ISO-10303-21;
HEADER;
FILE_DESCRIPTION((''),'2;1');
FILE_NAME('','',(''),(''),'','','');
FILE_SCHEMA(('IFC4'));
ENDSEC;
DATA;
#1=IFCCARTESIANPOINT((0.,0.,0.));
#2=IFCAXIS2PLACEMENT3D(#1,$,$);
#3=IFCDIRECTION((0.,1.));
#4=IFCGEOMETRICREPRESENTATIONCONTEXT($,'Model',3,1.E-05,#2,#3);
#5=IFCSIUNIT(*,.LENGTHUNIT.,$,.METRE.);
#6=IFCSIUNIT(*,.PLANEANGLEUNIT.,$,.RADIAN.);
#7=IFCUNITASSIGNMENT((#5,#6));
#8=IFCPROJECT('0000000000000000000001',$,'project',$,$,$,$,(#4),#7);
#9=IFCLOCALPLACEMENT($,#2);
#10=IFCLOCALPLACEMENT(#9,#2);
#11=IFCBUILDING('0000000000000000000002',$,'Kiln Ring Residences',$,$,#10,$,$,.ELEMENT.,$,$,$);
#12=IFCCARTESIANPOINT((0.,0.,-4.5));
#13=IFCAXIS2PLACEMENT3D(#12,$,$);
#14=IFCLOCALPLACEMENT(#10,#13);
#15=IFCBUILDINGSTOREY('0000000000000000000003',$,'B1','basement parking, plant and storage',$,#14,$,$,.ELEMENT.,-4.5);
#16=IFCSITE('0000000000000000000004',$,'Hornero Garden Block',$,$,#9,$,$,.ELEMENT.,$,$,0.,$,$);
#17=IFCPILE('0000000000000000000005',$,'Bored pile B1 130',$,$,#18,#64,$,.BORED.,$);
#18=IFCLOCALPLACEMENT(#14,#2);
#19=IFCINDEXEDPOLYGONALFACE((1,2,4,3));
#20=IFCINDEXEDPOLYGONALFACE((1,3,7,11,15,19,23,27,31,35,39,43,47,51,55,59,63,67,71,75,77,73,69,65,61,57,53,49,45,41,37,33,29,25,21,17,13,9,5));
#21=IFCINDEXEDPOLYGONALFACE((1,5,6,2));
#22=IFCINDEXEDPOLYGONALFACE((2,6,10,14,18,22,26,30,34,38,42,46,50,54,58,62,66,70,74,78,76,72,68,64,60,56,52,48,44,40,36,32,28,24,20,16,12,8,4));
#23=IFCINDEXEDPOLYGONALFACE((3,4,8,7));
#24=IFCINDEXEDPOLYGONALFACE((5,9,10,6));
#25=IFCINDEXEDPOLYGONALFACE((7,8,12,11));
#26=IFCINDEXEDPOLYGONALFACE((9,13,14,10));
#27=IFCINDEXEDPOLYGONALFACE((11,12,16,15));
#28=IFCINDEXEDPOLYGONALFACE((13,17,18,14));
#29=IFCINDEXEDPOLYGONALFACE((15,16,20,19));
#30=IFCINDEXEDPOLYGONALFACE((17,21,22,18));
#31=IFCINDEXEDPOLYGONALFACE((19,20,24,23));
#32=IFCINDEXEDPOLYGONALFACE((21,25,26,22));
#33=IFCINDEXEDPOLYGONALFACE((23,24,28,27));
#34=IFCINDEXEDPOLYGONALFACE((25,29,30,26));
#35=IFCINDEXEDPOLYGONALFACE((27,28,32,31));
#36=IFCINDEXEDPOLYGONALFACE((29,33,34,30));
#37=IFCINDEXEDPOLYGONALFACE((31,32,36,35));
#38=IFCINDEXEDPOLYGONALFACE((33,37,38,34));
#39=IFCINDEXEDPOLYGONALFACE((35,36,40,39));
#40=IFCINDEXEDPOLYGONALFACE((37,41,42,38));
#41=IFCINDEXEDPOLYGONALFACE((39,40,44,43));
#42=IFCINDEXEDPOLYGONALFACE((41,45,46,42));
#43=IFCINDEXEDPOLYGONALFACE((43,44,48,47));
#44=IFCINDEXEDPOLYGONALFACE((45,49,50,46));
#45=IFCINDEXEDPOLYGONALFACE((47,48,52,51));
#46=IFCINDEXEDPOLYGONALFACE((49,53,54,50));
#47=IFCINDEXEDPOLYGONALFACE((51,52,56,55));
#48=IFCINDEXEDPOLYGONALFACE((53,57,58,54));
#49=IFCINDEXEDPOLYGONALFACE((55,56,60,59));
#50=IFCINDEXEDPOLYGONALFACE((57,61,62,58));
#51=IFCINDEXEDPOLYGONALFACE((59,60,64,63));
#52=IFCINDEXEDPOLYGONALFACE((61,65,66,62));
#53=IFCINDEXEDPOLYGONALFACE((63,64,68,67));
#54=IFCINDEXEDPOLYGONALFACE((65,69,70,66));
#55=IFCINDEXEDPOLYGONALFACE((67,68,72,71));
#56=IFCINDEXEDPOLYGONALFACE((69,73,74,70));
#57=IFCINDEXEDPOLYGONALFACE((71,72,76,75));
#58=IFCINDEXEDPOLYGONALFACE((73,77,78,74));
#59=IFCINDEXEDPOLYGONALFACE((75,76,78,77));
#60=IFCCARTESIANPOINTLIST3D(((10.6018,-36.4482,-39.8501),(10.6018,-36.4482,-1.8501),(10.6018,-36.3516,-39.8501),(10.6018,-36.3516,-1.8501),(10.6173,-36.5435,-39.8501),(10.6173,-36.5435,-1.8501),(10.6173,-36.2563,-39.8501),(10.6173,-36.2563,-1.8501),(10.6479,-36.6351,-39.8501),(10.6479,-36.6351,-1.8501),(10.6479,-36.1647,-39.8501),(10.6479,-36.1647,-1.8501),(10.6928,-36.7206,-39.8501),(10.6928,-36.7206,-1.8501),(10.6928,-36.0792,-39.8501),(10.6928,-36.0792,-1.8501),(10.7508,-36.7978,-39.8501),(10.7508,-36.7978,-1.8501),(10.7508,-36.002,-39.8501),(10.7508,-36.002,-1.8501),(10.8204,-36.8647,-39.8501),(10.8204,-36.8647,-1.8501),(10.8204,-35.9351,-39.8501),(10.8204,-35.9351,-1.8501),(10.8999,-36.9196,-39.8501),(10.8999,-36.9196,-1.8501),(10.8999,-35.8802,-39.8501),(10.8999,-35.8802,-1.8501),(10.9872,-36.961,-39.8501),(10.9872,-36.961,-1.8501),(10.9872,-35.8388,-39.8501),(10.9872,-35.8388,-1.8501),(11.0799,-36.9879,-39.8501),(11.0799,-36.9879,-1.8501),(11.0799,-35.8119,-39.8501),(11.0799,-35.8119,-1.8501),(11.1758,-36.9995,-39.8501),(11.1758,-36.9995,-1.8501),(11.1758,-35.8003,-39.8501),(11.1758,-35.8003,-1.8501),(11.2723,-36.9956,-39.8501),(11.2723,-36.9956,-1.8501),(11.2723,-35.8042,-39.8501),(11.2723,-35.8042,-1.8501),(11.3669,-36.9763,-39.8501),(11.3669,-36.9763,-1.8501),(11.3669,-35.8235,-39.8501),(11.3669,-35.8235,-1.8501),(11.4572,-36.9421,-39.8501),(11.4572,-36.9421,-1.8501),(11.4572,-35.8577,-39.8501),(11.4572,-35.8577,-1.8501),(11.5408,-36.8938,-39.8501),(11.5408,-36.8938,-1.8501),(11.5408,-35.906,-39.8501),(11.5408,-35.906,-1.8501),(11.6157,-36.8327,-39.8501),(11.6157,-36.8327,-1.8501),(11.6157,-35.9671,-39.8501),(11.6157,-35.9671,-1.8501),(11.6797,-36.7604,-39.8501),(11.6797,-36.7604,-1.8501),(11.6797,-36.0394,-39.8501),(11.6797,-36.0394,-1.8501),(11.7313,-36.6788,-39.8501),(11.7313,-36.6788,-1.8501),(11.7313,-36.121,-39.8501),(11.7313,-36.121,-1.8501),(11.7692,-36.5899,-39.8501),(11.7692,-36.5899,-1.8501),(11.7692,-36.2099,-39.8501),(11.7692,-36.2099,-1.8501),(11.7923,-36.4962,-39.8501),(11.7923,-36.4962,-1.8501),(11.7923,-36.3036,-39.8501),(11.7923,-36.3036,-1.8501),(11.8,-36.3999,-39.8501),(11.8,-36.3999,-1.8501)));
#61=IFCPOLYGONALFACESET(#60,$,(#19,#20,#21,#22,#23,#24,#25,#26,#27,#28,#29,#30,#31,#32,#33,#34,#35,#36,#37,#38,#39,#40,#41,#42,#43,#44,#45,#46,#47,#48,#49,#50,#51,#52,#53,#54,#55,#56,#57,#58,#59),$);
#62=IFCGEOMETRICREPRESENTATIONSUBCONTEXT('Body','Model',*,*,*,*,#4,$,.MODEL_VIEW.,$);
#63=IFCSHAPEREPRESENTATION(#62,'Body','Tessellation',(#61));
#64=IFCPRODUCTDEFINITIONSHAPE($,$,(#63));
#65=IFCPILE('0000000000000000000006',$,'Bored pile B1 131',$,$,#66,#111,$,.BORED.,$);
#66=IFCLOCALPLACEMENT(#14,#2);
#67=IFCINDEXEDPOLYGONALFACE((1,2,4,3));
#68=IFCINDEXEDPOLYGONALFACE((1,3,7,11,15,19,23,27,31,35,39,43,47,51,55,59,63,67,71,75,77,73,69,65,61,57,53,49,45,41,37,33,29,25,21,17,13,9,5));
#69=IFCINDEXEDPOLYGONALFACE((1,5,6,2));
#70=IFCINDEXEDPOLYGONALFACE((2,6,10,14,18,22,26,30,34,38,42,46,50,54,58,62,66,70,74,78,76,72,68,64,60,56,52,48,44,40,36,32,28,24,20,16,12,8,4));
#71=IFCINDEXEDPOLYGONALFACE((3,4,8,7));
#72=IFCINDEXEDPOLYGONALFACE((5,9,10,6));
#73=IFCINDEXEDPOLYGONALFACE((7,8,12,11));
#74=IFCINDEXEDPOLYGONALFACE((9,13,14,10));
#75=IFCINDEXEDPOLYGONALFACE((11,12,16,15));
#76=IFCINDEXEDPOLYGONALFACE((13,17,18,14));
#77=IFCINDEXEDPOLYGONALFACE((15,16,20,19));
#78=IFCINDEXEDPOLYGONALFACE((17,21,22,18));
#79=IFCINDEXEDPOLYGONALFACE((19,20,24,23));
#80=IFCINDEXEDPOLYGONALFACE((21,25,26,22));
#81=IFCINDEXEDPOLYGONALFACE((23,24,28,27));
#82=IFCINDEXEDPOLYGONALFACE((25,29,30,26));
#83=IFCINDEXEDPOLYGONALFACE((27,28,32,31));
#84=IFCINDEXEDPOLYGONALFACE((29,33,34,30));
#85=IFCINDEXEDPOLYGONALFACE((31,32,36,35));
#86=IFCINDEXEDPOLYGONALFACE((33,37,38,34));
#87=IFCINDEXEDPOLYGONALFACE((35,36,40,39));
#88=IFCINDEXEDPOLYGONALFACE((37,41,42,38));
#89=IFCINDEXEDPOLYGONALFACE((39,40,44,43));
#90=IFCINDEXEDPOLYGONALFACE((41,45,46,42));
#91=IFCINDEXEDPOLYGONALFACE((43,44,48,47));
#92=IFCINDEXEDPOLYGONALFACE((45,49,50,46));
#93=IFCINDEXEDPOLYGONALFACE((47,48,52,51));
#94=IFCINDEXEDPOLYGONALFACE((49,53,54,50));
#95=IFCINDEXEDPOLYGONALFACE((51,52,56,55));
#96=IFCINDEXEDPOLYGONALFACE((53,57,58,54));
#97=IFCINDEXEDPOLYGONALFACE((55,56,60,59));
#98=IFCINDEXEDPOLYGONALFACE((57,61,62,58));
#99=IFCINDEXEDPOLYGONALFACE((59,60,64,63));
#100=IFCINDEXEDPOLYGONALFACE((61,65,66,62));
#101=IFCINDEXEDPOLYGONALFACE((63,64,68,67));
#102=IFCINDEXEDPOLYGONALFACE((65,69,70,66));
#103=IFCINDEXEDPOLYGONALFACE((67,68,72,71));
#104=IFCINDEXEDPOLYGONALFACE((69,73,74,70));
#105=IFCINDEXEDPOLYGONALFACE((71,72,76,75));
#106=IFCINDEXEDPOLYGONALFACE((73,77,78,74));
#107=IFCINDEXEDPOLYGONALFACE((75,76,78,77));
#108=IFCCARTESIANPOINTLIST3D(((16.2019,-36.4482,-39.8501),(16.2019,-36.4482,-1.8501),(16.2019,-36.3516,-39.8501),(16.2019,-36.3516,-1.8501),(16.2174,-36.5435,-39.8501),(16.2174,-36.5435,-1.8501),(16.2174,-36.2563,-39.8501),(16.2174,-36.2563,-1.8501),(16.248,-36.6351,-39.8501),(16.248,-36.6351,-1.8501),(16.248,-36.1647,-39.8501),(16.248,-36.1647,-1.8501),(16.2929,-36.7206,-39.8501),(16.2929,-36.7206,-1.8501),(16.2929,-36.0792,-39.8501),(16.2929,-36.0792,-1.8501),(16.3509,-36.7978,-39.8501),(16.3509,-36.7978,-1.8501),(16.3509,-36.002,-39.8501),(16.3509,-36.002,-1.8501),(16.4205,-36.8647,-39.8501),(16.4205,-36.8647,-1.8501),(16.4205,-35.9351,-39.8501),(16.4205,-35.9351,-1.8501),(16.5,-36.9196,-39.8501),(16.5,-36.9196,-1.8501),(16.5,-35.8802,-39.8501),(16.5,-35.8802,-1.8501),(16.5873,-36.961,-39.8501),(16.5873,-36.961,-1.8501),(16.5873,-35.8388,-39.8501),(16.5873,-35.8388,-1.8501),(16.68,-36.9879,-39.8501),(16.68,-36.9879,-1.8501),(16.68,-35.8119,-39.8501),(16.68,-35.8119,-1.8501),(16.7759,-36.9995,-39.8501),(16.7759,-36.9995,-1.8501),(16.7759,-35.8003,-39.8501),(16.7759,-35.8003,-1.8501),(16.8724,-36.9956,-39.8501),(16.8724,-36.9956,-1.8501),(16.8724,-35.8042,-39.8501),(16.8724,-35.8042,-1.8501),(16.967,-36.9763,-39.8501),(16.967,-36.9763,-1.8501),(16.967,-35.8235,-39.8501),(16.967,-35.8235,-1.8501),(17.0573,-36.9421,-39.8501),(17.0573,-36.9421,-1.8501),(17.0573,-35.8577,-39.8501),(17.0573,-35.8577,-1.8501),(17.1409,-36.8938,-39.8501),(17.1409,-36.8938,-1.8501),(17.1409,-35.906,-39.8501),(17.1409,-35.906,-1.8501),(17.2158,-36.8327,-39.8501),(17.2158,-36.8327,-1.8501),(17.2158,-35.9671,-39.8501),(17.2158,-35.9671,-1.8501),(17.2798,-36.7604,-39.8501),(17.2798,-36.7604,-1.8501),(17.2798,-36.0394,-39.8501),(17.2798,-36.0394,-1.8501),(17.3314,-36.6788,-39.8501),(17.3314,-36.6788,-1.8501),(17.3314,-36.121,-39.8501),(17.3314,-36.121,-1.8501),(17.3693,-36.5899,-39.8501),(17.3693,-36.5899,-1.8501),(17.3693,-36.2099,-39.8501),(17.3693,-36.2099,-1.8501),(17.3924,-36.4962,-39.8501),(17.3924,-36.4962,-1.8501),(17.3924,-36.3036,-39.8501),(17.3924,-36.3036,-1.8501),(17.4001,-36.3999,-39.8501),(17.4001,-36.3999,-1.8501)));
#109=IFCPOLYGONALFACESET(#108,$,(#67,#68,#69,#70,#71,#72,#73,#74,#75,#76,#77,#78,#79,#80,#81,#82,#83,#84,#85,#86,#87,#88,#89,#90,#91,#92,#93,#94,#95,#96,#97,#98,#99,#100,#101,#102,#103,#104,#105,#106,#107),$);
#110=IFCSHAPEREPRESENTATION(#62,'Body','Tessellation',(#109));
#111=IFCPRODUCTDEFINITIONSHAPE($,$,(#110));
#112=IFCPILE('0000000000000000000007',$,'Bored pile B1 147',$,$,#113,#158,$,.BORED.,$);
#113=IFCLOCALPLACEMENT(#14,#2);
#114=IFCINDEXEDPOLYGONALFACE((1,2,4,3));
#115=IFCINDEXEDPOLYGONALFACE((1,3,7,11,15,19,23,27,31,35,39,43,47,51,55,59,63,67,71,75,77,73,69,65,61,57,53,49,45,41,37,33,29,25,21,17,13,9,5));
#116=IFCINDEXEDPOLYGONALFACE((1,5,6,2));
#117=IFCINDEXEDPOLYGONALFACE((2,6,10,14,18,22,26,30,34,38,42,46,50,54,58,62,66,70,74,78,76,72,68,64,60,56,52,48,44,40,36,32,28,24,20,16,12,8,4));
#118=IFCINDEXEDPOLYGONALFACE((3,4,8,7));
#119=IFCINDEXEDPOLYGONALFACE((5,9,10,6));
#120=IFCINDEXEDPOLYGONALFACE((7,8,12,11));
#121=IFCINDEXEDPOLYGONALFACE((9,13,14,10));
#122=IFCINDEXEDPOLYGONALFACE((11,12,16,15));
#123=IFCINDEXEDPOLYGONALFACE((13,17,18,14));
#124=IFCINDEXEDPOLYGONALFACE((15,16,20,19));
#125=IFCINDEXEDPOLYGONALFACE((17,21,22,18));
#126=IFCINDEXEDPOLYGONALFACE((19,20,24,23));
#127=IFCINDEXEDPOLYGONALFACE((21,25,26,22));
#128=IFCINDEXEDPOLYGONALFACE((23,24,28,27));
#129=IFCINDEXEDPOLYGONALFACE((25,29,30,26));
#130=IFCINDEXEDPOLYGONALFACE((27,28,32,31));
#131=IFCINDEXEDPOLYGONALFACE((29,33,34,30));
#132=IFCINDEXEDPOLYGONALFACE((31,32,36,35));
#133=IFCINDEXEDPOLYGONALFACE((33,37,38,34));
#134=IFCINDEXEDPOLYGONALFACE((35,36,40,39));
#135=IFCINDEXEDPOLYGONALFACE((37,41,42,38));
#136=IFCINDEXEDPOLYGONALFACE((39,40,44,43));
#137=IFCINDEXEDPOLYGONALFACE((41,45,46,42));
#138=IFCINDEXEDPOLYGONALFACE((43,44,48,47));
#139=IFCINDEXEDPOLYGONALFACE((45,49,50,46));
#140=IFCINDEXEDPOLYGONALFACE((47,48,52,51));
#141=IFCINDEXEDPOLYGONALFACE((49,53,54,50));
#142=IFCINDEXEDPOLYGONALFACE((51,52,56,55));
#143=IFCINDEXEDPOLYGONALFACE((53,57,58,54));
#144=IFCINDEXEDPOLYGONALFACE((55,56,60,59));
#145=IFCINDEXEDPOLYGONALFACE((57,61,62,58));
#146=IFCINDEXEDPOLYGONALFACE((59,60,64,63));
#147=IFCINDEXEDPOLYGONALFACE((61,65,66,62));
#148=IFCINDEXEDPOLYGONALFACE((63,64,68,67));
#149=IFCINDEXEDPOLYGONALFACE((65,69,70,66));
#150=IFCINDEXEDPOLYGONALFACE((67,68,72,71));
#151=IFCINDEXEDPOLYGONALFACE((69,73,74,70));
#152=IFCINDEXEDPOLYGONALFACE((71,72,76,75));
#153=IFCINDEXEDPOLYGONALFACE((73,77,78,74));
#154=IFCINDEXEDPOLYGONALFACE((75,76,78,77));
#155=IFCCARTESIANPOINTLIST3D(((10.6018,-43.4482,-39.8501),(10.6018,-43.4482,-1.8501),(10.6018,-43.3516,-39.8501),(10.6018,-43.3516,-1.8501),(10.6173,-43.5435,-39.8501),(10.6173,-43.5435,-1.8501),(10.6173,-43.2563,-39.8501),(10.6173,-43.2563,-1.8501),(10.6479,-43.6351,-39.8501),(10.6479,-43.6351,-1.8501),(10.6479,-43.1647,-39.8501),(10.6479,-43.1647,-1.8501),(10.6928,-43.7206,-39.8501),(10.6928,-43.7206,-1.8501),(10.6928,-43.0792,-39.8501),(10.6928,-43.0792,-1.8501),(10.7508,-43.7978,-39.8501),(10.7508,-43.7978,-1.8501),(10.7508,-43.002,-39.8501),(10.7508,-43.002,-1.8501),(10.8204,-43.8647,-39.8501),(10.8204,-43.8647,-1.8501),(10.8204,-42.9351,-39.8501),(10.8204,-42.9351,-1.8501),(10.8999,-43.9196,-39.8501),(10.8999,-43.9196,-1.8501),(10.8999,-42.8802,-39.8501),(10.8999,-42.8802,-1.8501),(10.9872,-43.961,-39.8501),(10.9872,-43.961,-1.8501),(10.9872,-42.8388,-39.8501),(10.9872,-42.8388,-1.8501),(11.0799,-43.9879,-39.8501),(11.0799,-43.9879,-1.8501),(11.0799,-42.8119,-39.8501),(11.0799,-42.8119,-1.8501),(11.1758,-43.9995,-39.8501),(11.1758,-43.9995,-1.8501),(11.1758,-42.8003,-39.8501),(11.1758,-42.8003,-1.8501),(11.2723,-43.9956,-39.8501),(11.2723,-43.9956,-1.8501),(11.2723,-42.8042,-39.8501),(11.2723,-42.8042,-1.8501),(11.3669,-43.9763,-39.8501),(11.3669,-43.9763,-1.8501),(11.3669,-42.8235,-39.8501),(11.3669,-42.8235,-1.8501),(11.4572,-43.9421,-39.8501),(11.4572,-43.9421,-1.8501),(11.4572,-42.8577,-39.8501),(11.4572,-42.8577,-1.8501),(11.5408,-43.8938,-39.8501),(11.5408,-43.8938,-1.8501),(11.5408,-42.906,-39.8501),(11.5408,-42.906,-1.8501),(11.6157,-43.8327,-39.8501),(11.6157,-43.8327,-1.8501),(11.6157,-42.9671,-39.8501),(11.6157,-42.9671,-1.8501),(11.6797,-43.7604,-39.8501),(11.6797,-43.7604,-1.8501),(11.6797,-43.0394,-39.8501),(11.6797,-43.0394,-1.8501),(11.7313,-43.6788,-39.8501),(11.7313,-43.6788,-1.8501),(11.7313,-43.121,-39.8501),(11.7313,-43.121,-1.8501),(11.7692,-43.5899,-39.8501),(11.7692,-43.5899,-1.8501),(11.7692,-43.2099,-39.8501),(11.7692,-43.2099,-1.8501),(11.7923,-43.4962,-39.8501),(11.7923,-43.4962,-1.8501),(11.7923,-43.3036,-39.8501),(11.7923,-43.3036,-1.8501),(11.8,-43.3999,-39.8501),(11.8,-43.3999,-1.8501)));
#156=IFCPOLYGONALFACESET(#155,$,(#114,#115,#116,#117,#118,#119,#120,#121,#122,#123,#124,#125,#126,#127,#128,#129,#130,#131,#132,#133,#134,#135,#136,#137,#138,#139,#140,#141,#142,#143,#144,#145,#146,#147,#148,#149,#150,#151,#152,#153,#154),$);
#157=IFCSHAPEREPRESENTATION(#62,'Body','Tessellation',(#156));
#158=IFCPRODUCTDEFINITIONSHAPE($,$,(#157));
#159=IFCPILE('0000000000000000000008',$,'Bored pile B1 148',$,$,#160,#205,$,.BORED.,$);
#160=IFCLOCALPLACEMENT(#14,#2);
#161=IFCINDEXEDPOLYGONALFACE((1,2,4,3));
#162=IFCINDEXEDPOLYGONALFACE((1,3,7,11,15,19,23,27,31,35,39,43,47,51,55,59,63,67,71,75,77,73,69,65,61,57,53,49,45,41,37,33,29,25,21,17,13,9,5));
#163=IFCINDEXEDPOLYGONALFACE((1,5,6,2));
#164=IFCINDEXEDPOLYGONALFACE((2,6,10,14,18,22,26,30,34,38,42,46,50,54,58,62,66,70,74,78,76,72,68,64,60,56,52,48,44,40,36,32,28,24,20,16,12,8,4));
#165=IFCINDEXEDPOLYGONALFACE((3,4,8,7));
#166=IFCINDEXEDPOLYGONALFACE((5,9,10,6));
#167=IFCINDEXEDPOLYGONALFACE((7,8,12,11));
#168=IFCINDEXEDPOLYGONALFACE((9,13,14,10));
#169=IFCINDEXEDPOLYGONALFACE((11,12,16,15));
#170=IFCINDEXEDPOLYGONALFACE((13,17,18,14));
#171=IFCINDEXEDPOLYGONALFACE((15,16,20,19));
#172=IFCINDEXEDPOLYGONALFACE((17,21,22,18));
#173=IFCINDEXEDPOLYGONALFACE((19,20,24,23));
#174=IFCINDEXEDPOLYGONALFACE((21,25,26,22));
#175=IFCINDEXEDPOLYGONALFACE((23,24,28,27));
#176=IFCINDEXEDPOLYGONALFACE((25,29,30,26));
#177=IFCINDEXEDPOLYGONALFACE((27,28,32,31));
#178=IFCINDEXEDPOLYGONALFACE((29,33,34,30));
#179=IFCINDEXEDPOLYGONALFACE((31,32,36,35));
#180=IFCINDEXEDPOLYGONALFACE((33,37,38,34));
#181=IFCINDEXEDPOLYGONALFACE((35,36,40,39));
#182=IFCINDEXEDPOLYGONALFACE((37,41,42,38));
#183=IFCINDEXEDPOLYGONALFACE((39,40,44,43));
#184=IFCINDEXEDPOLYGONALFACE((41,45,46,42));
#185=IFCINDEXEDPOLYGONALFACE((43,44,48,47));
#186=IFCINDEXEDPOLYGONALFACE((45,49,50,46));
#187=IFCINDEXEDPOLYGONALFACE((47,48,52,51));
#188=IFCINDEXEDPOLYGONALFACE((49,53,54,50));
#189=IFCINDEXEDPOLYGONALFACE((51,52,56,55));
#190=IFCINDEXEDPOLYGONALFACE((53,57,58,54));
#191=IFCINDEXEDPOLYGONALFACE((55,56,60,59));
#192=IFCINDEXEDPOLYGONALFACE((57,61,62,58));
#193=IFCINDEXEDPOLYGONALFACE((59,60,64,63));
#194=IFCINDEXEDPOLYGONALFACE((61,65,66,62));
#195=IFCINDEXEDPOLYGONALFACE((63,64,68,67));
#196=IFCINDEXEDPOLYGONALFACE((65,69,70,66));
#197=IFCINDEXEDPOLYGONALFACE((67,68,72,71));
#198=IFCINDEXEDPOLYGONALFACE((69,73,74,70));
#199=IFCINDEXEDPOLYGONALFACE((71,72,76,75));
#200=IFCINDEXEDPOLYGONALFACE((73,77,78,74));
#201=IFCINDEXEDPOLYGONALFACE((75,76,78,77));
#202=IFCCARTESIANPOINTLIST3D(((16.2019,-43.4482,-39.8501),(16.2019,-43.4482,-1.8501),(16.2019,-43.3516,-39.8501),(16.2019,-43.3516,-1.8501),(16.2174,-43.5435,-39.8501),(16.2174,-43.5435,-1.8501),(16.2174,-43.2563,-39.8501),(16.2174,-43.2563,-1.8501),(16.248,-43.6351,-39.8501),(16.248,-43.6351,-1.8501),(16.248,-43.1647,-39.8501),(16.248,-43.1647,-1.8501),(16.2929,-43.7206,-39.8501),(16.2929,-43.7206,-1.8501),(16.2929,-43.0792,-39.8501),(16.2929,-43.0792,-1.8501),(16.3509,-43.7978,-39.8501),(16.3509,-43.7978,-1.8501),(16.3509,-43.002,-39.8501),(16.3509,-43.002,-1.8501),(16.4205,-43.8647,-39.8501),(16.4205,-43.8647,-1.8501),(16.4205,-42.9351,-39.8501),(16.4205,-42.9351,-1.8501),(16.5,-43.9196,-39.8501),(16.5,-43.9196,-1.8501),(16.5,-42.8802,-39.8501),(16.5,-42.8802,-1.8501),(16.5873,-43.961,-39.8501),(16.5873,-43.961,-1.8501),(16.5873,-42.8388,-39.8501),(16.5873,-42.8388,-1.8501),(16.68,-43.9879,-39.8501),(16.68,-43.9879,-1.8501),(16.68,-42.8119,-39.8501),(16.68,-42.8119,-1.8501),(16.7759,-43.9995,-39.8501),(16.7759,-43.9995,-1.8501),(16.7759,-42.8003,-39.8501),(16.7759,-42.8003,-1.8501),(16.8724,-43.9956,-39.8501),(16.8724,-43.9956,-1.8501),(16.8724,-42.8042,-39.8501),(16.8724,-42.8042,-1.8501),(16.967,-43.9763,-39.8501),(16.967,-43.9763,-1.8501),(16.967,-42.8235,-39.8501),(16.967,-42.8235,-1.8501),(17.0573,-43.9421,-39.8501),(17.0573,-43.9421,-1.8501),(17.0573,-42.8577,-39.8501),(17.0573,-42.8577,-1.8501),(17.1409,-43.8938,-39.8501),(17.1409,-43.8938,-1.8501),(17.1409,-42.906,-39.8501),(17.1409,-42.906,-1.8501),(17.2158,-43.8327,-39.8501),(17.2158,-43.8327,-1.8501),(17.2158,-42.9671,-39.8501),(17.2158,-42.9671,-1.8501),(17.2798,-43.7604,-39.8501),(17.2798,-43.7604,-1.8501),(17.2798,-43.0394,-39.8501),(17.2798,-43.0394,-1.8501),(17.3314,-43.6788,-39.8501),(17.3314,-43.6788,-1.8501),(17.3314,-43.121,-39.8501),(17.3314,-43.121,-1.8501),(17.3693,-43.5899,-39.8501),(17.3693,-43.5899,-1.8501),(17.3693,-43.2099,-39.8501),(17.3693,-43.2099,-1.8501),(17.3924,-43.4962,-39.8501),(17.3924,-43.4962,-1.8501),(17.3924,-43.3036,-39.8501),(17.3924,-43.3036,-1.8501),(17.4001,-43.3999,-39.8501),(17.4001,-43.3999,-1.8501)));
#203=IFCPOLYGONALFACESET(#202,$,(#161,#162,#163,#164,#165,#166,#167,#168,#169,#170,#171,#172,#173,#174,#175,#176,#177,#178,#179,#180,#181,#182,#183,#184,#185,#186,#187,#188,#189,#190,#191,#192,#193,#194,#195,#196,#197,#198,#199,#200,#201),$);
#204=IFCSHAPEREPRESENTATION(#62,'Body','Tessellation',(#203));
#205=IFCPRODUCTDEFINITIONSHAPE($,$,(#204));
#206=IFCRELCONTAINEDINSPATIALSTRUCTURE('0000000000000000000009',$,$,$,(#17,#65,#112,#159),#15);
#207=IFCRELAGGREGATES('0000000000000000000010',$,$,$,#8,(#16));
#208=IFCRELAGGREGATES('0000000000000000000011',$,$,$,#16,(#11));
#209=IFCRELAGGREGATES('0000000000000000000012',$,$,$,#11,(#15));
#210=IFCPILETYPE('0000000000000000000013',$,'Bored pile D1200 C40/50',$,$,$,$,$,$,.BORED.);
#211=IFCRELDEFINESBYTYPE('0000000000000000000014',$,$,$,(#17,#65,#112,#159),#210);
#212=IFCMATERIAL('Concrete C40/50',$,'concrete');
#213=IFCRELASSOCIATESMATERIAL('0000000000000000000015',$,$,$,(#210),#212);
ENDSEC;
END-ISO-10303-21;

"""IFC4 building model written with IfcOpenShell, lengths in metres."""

from ifc_helpers import new_model, si_unit, direction, frame, origin, origin_2d, place, context, subcontext, project, spatial, circle, extrude, material, material_profile, profile_set, type_object, element, save


model = new_model("IFC4")

# Units and contexts
model_context = context("Model", 3, precision=1e-05, world=origin(), true_north=direction((0.0, 1.0)))
body_context = subcontext(model_context, "Body", "Model", "MODEL_VIEW")
ifc_project = project(units=[si_unit("LENGTHUNIT", "METRE"), si_unit("PLANEANGLEUNIT", "RADIAN")], contexts=[model_context])

# Site, building, storey
site_placement = place(None, origin())
site = spatial("IfcSite", under=ifc_project, at=site_placement, Name="Hornero Garden Block", CompositionType="ELEMENT", RefElevation=0.0)
building_placement = place(site_placement, origin())
building = spatial("IfcBuilding", under=site, at=building_placement, Name="Kiln Ring Residences", CompositionType="ELEMENT")
storey_placement = place(building_placement, frame((0.0, 0.0, -4.5)))
storey = spatial("IfcBuildingStorey", under=building, at=storey_placement, Name="B1", Description="basement parking, plant and storage", CompositionType="ELEMENT", Elevation=-4.5)

# Piles
ifc_material_1 = material(Name="Concrete C40/50", Category="concrete")
ifc_material_profile_1 = material_profile(ifc_material_1, circle(Radius=0.6001, at=origin_2d()), Name="BORED1200")
ifc_profile_set_1 = profile_set([ifc_material_profile_1], Name="Concrete C40/50")
pile_type = type_object("IfcPileType", Name="Bored pile D1200 C40/50", PredefinedType="BORED", material=ifc_profile_set_1)
for number, where, z_axis, x_axis, name in (
    (1, (11.2, -36.3999, -1.8501), (0.0, 0.0, -1.0), (1.0, 0.0, 0.0), "Bored pile B1 130"),
    (2, (16.8, -36.3999, -1.8501), (0.0, 0.0, -1.0), (1.0, 0.0, 0.0), "Bored pile B1 131"),
    (3, (11.2, -43.3999, -1.8501), (0.0, 0.0, -1.0), (1.0, 0.0, 0.0), "Bored pile B1 147"),
    (4, (16.8, -43.3999, -1.8501), (0.0, 0.0, -1.0), (1.0, 0.0, 0.0), "Bored pile B1 148"),
):
    element("IfcPile", number, at=place(storey_placement, frame(where, z_axis=z_axis, x_axis=x_axis)), inside=storey, type_object=pile_type, Name=name, PredefinedType="BORED", context=body_context, shape_type="SweptSolid", body=[
        extrude(circle(Radius=0.6001, at=origin_2d()), origin(), (0.0, 0.0, 1.0), 38.0),
    ])

save(model, "model.ifc")
